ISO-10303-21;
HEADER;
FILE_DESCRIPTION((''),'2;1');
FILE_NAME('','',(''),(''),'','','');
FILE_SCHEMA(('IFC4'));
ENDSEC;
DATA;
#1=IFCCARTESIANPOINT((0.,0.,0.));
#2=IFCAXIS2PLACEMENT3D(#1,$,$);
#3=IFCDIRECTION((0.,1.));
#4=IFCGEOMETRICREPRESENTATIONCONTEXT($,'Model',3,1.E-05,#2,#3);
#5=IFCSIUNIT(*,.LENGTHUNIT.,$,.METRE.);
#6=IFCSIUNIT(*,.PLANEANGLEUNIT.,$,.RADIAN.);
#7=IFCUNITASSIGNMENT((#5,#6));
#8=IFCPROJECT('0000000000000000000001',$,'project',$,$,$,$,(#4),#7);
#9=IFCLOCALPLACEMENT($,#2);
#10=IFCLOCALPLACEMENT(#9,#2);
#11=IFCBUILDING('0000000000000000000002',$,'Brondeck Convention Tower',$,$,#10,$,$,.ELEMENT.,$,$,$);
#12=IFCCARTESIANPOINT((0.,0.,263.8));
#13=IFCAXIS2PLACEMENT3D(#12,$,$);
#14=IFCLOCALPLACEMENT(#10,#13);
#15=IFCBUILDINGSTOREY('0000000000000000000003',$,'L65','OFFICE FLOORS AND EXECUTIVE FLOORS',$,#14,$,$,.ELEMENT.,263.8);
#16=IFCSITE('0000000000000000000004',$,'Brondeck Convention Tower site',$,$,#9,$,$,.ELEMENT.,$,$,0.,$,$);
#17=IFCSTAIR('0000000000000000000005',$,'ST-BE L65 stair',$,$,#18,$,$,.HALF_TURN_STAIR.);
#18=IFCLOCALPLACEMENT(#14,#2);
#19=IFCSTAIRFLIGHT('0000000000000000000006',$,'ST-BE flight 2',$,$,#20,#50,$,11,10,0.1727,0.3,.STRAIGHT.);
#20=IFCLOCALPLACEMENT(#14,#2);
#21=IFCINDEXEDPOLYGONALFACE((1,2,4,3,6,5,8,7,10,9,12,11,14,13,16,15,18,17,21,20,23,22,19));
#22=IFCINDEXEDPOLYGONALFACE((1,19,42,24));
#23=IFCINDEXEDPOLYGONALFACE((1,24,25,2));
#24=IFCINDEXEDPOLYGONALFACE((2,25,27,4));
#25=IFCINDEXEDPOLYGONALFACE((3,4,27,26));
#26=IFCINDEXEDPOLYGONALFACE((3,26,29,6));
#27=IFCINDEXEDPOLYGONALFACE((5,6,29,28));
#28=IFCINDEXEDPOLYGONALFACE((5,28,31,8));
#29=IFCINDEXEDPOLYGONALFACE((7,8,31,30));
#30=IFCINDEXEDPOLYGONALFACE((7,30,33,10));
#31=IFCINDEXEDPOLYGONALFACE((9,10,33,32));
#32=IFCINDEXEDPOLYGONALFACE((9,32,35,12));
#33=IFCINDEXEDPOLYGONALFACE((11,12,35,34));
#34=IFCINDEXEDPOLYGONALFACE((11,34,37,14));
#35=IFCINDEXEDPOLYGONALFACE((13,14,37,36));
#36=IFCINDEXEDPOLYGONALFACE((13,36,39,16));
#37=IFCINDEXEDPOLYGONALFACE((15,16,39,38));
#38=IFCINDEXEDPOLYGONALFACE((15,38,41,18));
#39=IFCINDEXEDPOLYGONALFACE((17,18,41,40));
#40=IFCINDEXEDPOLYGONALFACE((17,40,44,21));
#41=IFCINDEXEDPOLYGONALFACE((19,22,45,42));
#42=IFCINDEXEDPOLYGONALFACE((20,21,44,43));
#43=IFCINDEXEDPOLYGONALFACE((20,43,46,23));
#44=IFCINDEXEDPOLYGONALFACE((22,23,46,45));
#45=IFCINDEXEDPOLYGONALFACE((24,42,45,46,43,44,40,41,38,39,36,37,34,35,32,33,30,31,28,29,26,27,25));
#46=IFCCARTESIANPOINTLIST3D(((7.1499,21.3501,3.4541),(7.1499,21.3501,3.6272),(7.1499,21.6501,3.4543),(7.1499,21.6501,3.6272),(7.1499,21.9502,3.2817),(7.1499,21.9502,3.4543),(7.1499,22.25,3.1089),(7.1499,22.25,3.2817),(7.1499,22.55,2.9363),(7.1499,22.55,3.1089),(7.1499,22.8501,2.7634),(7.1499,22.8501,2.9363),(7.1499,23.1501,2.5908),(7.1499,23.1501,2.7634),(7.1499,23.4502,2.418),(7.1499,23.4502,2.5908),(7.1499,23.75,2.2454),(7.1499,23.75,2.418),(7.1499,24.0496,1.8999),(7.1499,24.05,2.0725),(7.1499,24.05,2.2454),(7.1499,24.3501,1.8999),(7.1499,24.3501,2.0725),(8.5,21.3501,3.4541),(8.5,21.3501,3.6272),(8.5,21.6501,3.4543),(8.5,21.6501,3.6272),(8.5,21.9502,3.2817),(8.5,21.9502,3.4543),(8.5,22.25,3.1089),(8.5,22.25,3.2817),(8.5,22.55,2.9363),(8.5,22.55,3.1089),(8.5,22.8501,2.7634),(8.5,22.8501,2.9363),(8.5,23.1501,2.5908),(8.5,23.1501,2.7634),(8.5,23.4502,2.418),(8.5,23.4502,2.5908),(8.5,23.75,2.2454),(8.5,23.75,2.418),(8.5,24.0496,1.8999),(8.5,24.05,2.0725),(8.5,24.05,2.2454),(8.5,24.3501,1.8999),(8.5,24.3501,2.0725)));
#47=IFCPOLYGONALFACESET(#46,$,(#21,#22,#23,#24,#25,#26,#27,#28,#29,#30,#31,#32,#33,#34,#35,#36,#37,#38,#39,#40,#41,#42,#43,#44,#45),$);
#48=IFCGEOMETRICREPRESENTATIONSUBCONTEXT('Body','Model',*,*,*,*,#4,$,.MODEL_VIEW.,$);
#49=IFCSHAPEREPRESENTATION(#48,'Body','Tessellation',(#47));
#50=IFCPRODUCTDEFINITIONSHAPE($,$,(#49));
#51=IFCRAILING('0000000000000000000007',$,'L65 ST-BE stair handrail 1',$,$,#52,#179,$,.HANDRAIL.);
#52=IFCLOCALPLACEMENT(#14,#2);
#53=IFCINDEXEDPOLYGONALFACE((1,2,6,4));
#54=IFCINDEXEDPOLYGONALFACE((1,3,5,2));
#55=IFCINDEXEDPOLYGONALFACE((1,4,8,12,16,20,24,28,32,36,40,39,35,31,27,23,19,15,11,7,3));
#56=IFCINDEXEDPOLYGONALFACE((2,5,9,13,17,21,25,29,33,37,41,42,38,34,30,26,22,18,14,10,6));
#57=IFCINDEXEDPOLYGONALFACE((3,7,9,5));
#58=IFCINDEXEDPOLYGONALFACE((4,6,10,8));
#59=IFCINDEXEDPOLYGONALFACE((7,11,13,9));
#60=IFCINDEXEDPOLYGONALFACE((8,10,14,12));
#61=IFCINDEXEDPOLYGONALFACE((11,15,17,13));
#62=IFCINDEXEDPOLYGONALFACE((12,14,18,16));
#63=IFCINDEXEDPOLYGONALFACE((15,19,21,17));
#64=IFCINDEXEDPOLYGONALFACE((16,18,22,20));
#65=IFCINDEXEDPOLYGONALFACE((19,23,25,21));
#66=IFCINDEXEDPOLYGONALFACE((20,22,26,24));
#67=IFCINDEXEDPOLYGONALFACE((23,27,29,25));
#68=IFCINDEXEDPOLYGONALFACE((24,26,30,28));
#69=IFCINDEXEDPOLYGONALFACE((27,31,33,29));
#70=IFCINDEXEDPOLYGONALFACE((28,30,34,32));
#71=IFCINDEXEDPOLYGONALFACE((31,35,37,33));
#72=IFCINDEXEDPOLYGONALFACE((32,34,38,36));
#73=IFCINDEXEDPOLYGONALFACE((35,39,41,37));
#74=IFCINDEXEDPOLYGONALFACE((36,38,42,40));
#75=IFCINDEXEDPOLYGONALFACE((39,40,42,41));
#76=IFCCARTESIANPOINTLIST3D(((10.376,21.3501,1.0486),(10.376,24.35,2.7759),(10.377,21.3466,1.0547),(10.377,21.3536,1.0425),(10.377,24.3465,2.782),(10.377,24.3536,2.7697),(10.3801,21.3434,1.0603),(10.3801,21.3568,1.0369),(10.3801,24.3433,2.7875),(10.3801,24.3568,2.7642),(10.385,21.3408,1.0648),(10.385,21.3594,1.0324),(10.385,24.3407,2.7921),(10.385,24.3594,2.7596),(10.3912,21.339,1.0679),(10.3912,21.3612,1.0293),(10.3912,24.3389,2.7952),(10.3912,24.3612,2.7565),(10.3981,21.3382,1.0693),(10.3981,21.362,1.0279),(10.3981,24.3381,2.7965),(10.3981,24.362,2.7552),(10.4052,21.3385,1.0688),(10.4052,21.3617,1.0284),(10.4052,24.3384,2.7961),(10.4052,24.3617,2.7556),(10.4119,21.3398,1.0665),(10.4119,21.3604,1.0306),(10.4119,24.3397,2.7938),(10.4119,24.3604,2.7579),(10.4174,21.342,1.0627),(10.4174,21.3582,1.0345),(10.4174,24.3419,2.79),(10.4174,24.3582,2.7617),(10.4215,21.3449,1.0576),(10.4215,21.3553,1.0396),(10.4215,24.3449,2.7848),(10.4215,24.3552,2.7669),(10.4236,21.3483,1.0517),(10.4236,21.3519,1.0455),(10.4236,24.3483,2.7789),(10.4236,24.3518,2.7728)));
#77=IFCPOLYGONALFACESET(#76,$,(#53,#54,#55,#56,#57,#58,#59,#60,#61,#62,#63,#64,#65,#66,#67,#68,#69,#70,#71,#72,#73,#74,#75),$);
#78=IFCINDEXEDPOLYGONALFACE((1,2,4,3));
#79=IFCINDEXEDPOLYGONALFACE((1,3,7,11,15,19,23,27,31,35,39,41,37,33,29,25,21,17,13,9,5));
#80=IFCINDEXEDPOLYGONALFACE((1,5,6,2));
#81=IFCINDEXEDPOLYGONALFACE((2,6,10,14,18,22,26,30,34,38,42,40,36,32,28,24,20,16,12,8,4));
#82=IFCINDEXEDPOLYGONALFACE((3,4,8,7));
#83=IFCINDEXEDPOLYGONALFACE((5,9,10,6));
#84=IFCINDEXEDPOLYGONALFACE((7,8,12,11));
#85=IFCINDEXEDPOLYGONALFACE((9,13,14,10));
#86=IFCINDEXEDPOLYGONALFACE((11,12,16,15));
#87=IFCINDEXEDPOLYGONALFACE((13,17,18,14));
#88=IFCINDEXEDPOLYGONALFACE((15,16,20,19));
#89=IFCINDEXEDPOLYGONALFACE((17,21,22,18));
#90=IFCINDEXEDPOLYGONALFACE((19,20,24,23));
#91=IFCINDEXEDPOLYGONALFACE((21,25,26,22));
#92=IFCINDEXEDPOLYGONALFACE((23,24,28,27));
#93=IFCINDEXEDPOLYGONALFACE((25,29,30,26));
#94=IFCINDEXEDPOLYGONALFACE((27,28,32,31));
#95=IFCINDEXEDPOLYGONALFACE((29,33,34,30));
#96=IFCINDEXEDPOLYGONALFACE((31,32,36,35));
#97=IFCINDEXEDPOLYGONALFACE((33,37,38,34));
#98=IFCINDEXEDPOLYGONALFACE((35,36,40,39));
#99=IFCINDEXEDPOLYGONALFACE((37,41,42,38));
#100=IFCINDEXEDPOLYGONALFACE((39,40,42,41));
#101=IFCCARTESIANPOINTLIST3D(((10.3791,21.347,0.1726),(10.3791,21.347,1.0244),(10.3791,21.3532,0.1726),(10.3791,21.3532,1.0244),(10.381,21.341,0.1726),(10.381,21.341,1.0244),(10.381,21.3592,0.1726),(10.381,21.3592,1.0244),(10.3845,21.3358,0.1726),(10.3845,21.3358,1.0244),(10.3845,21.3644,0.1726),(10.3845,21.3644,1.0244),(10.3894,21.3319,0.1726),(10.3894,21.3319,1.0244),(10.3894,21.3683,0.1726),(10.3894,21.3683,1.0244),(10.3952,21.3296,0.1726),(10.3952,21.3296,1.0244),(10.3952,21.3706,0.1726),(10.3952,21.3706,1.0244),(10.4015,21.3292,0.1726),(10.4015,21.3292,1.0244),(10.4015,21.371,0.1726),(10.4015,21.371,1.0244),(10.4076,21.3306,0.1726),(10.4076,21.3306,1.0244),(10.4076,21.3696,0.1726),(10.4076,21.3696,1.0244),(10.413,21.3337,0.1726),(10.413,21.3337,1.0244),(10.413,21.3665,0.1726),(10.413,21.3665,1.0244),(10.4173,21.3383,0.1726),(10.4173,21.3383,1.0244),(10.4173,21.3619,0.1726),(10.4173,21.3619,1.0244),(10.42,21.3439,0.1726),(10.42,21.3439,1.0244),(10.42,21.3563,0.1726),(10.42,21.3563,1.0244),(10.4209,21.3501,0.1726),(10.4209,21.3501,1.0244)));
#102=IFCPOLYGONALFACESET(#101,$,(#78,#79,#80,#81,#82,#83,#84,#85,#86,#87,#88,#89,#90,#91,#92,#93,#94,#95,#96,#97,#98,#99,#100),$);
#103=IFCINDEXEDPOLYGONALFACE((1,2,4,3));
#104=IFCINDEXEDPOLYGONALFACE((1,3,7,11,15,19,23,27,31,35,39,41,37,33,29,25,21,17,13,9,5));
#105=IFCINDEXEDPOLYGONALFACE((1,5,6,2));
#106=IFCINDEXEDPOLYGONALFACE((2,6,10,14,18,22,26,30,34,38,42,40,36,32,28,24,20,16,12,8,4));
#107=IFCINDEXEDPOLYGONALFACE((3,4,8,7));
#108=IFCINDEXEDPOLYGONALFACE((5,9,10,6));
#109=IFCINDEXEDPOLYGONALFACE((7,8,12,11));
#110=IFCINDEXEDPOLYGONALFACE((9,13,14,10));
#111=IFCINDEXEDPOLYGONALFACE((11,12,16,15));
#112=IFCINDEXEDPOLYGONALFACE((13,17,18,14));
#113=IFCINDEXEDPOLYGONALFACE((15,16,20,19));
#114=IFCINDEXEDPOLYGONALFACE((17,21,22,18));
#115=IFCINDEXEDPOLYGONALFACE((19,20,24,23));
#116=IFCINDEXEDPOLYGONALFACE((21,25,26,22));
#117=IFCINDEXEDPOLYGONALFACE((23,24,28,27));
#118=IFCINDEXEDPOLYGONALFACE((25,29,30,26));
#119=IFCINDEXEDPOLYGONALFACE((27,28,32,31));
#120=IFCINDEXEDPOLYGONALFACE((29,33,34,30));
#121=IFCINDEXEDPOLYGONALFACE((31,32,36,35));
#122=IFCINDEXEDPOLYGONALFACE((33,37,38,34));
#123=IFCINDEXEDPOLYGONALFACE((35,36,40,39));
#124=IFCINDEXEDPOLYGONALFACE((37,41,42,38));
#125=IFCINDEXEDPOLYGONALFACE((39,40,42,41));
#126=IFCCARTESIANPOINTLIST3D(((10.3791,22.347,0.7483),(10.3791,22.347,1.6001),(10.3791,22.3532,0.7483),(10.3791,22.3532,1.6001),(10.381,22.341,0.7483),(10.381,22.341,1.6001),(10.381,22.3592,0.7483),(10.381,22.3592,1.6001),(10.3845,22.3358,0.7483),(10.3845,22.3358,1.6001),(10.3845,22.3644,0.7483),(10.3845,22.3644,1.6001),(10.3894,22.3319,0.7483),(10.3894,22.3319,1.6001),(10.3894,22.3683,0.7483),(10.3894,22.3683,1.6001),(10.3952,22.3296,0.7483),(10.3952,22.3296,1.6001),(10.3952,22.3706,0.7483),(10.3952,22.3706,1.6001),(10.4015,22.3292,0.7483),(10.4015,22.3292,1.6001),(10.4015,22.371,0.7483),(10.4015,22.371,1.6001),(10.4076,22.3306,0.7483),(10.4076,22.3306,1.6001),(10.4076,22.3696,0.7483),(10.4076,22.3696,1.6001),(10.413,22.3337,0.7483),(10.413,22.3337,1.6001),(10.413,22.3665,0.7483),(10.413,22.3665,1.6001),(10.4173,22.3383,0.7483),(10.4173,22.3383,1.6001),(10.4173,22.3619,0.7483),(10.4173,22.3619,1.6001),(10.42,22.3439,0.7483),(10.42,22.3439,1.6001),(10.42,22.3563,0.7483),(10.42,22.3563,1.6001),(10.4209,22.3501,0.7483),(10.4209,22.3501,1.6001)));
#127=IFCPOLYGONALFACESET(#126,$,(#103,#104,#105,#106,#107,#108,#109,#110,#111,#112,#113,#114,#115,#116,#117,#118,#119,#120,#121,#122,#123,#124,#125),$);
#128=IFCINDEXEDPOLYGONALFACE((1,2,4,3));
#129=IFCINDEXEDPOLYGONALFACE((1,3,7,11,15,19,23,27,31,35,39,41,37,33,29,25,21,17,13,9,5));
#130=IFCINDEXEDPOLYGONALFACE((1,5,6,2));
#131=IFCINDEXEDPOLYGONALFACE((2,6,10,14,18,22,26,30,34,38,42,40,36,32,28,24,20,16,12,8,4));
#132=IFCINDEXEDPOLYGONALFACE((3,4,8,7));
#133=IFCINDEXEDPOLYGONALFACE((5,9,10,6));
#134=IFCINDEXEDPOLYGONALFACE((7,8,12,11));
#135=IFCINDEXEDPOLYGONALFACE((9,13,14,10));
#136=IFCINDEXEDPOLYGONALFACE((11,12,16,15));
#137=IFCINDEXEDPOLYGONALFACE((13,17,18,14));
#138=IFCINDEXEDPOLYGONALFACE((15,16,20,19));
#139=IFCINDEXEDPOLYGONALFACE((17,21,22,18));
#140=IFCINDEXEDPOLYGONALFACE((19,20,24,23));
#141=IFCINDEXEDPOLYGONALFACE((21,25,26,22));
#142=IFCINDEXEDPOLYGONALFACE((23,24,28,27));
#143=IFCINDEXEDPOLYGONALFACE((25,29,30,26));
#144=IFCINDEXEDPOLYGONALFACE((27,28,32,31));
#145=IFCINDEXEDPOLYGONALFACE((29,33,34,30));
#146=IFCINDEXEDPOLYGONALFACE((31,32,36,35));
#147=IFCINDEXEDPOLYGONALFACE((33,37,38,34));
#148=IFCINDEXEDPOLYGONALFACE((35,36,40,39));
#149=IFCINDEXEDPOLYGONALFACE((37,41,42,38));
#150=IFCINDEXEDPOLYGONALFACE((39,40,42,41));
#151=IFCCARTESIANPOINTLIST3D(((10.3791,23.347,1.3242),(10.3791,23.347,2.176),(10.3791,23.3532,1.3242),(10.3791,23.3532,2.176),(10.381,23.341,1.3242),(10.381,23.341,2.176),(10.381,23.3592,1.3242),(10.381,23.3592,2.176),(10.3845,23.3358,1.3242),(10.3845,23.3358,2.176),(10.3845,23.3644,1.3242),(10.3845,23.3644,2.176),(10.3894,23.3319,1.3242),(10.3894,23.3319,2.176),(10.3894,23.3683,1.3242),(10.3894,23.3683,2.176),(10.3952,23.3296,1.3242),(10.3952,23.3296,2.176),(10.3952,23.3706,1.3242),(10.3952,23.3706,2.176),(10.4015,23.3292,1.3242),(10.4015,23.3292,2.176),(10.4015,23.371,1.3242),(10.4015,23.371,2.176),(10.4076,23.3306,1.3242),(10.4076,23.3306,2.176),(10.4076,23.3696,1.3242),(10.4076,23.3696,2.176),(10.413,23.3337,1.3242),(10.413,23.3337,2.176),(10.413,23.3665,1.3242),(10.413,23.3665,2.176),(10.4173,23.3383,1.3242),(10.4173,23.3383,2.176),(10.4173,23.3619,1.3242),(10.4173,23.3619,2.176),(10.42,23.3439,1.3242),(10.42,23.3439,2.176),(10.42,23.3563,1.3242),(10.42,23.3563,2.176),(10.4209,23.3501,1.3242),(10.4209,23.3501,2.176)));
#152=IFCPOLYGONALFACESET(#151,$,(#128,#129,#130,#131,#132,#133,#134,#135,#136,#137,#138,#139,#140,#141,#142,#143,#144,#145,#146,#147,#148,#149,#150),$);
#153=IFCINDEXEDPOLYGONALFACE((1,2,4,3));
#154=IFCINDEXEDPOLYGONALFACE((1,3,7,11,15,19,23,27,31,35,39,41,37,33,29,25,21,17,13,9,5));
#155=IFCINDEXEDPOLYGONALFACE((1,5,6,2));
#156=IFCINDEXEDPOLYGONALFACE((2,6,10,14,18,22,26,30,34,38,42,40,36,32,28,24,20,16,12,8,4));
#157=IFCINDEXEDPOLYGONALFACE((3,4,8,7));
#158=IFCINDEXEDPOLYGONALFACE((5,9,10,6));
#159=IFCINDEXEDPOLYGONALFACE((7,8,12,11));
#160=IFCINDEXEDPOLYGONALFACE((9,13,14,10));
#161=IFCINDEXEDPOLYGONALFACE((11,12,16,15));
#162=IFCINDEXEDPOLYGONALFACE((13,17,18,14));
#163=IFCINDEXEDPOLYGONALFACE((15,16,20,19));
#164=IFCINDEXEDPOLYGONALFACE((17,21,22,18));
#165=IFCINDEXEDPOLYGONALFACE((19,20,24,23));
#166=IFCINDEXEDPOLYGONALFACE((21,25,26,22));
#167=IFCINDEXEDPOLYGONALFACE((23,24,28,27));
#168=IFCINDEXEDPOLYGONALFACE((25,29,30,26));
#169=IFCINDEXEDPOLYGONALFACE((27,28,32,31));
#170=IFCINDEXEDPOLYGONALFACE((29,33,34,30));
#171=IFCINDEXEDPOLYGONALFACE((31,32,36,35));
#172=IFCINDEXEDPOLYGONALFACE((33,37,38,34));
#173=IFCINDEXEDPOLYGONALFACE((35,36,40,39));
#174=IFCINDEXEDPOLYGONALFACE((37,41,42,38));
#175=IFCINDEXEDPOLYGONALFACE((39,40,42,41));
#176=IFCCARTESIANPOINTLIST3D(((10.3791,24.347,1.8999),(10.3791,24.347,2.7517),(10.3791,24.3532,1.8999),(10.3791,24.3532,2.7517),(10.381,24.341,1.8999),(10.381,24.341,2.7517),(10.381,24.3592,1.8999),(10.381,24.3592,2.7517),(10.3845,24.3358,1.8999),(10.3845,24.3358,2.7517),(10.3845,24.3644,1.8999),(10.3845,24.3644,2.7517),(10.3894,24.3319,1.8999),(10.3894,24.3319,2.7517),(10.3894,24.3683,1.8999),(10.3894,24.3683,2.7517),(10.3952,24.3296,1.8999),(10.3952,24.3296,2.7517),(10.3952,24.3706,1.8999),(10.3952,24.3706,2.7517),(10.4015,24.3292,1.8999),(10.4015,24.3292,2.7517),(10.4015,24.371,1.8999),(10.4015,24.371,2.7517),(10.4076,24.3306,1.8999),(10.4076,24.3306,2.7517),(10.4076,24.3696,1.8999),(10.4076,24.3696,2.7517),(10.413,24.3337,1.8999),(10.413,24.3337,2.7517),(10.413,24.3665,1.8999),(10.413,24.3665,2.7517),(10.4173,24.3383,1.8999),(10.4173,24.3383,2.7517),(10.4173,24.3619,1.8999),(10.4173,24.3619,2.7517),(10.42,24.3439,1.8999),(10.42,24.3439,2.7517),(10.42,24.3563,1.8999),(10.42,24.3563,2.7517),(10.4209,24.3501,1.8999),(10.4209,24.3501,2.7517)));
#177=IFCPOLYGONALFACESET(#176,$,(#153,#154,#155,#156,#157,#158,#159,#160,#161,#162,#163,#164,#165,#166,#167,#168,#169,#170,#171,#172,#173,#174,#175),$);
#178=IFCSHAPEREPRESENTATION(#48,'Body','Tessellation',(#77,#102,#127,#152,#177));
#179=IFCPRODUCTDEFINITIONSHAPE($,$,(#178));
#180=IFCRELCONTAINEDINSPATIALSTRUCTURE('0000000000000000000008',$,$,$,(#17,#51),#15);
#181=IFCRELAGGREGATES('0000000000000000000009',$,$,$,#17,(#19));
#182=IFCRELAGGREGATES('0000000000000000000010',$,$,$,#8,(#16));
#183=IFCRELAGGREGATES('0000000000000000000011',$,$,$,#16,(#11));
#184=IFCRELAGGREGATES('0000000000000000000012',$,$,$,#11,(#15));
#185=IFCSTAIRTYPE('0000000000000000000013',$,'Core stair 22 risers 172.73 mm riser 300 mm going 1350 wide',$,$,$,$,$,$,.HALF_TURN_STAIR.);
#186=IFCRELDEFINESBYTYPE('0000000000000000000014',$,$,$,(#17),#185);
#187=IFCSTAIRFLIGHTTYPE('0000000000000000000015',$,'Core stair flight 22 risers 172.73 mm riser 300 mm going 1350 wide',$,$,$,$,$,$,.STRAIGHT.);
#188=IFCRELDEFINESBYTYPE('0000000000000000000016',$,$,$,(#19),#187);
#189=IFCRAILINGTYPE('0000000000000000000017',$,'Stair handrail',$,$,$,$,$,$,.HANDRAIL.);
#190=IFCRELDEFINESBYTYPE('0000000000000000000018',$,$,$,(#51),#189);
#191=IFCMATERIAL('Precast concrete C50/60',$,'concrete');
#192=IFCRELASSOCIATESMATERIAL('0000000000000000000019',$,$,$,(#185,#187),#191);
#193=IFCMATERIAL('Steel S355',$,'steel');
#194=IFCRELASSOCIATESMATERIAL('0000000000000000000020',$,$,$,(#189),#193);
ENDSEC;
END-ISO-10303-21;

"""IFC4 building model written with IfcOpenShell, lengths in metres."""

from ifc_helpers import new_model, si_unit, direction, frame, origin, origin_2d, place, context, subcontext, project, spatial, polyline, circle, outline, extrude, material, type_object, element, aggregate, save


model = new_model("IFC4")

# Units and contexts
model_context = context("Model", 3, precision=1e-05, world=origin(), true_north=direction((0.0, 1.0)))
body_context = subcontext(model_context, "Body", "Model", "MODEL_VIEW")
ifc_project = project(units=[si_unit("LENGTHUNIT", "METRE"), si_unit("PLANEANGLEUNIT", "RADIAN")], contexts=[model_context])

# Site, building, storey
site_placement = place(None, origin())
site = spatial("IfcSite", under=ifc_project, at=site_placement, Name="Brondeck Convention Tower site", CompositionType="ELEMENT", RefElevation=0.0)
building_placement = place(site_placement, origin())
building = spatial("IfcBuilding", under=site, at=building_placement, Name="Brondeck Convention Tower", CompositionType="ELEMENT")
storey_placement = place(building_placement, frame((0.0, 0.0, 263.8)))
storey = spatial("IfcBuildingStorey", under=building, at=storey_placement, Name="L65", Description="OFFICE FLOORS AND EXECUTIVE FLOORS", CompositionType="ELEMENT", Elevation=263.8)

# Shared definitions
ifc_material_1 = material(Name="Steel S355", Category="steel")

# Stair, stair flight
ifc_material_2 = material(Name="Precast concrete C50/60", Category="concrete")
stair_type = type_object("IfcStairType", Name="Core stair 22 risers 172.73 mm riser 300 mm going 1350 wide", PredefinedType="HALF_TURN_STAIR", material=ifc_material_2)
stair_placement = place(storey_placement, origin())
stair = element("IfcStair", 1, at=stair_placement, inside=storey, type_object=stair_type, Name="ST-BE L65 stair", PredefinedType="HALF_TURN_STAIR")
stair_flight_type = type_object("IfcStairFlightType", Name="Core stair flight 22 risers 172.73 mm riser 300 mm going 1350 wide", PredefinedType="STRAIGHT", material=ifc_material_2)
stair_flight_1_placement = place(storey_placement, frame((7.825, 24.3501, 1.8999), z_axis=(0.0, 0.0, 1.0), x_axis=(0.0, -1.0, 0.0)))
stair_flight_1 = element("IfcStairFlight", 2, at=stair_flight_1_placement, type_object=stair_flight_type, Name="ST-BE flight 2", NumberOfRisers=11, NumberOfTreads=10, PredefinedType="STRAIGHT", RiserHeight=0.1727, TreadLength=0.3, context=body_context, shape_type="SweptSolid", body=[
    extrude(outline(polyline([(0.0, 0.0), (0.0, 0.1726), (0.3, 0.1726), (0.3, 0.3455), (0.6001, 0.3455), (0.6001, 0.5181), (0.8999, 0.5181), (0.8999, 0.6909), (1.2, 0.6909), (1.2, 0.8635), (1.5, 0.8635), (1.5, 1.0364), (1.8, 1.0364), (1.8, 1.209), (2.1001, 1.209), (2.1001, 1.3818), (2.3999, 1.3818), (2.3999, 1.5544), (2.7, 1.5544), (2.7, 1.7273), (3.0, 1.7273), (3.0, 1.8999), (3.0, 1.5542), (0.3005, 0.0), (0.0, 0.0)])), frame((0.0, 0.675, 0.0), z_axis=(0.0, -1.0, 0.0), x_axis=(1.0, 0.0, 0.0)), (0.0, 0.0, 1.0), 1.3501),
])
aggregate(stair, [stair_flight_1])

# Railing
railing_type = type_object("IfcRailingType", Name="Stair handrail", PredefinedType="HANDRAIL", material=ifc_material_1)
railing_1_placement = place(storey_placement, frame((10.3999, 21.3501, 0.1726)))
element("IfcRailing", 3, at=railing_1_placement, inside=storey, type_object=railing_type, Name="L65 ST-BE stair handrail 1", PredefinedType="HANDRAIL", context=body_context, shape_type="SweptSolid", body=[
    extrude(circle(Radius=0.0239, at=origin_2d()), frame((0.0, 0.0, 0.876), z_axis=(0.0, 0.86662, 0.498969), x_axis=(-1.0, 0.0, 0.0)), (0.0, 0.0, 1.0), 3.4617),
    extrude(circle(Radius=0.021, at=origin_2d()), origin(), (0.0, 0.0, 1.0), 0.8518),
    extrude(circle(Radius=0.021, at=origin_2d()), frame((0.0, 1.0, 0.5757)), (0.0, 0.0, 1.0), 0.8518),
    extrude(circle(Radius=0.021, at=origin_2d()), frame((0.0, 2.0, 1.1516)), (0.0, 0.0, 1.0), 0.8518),
    extrude(circle(Radius=0.021, at=origin_2d()), frame((0.0, 3.0, 1.7273)), (0.0, 0.0, 1.0), 0.8518),
])

save(model, "model.ifc")
